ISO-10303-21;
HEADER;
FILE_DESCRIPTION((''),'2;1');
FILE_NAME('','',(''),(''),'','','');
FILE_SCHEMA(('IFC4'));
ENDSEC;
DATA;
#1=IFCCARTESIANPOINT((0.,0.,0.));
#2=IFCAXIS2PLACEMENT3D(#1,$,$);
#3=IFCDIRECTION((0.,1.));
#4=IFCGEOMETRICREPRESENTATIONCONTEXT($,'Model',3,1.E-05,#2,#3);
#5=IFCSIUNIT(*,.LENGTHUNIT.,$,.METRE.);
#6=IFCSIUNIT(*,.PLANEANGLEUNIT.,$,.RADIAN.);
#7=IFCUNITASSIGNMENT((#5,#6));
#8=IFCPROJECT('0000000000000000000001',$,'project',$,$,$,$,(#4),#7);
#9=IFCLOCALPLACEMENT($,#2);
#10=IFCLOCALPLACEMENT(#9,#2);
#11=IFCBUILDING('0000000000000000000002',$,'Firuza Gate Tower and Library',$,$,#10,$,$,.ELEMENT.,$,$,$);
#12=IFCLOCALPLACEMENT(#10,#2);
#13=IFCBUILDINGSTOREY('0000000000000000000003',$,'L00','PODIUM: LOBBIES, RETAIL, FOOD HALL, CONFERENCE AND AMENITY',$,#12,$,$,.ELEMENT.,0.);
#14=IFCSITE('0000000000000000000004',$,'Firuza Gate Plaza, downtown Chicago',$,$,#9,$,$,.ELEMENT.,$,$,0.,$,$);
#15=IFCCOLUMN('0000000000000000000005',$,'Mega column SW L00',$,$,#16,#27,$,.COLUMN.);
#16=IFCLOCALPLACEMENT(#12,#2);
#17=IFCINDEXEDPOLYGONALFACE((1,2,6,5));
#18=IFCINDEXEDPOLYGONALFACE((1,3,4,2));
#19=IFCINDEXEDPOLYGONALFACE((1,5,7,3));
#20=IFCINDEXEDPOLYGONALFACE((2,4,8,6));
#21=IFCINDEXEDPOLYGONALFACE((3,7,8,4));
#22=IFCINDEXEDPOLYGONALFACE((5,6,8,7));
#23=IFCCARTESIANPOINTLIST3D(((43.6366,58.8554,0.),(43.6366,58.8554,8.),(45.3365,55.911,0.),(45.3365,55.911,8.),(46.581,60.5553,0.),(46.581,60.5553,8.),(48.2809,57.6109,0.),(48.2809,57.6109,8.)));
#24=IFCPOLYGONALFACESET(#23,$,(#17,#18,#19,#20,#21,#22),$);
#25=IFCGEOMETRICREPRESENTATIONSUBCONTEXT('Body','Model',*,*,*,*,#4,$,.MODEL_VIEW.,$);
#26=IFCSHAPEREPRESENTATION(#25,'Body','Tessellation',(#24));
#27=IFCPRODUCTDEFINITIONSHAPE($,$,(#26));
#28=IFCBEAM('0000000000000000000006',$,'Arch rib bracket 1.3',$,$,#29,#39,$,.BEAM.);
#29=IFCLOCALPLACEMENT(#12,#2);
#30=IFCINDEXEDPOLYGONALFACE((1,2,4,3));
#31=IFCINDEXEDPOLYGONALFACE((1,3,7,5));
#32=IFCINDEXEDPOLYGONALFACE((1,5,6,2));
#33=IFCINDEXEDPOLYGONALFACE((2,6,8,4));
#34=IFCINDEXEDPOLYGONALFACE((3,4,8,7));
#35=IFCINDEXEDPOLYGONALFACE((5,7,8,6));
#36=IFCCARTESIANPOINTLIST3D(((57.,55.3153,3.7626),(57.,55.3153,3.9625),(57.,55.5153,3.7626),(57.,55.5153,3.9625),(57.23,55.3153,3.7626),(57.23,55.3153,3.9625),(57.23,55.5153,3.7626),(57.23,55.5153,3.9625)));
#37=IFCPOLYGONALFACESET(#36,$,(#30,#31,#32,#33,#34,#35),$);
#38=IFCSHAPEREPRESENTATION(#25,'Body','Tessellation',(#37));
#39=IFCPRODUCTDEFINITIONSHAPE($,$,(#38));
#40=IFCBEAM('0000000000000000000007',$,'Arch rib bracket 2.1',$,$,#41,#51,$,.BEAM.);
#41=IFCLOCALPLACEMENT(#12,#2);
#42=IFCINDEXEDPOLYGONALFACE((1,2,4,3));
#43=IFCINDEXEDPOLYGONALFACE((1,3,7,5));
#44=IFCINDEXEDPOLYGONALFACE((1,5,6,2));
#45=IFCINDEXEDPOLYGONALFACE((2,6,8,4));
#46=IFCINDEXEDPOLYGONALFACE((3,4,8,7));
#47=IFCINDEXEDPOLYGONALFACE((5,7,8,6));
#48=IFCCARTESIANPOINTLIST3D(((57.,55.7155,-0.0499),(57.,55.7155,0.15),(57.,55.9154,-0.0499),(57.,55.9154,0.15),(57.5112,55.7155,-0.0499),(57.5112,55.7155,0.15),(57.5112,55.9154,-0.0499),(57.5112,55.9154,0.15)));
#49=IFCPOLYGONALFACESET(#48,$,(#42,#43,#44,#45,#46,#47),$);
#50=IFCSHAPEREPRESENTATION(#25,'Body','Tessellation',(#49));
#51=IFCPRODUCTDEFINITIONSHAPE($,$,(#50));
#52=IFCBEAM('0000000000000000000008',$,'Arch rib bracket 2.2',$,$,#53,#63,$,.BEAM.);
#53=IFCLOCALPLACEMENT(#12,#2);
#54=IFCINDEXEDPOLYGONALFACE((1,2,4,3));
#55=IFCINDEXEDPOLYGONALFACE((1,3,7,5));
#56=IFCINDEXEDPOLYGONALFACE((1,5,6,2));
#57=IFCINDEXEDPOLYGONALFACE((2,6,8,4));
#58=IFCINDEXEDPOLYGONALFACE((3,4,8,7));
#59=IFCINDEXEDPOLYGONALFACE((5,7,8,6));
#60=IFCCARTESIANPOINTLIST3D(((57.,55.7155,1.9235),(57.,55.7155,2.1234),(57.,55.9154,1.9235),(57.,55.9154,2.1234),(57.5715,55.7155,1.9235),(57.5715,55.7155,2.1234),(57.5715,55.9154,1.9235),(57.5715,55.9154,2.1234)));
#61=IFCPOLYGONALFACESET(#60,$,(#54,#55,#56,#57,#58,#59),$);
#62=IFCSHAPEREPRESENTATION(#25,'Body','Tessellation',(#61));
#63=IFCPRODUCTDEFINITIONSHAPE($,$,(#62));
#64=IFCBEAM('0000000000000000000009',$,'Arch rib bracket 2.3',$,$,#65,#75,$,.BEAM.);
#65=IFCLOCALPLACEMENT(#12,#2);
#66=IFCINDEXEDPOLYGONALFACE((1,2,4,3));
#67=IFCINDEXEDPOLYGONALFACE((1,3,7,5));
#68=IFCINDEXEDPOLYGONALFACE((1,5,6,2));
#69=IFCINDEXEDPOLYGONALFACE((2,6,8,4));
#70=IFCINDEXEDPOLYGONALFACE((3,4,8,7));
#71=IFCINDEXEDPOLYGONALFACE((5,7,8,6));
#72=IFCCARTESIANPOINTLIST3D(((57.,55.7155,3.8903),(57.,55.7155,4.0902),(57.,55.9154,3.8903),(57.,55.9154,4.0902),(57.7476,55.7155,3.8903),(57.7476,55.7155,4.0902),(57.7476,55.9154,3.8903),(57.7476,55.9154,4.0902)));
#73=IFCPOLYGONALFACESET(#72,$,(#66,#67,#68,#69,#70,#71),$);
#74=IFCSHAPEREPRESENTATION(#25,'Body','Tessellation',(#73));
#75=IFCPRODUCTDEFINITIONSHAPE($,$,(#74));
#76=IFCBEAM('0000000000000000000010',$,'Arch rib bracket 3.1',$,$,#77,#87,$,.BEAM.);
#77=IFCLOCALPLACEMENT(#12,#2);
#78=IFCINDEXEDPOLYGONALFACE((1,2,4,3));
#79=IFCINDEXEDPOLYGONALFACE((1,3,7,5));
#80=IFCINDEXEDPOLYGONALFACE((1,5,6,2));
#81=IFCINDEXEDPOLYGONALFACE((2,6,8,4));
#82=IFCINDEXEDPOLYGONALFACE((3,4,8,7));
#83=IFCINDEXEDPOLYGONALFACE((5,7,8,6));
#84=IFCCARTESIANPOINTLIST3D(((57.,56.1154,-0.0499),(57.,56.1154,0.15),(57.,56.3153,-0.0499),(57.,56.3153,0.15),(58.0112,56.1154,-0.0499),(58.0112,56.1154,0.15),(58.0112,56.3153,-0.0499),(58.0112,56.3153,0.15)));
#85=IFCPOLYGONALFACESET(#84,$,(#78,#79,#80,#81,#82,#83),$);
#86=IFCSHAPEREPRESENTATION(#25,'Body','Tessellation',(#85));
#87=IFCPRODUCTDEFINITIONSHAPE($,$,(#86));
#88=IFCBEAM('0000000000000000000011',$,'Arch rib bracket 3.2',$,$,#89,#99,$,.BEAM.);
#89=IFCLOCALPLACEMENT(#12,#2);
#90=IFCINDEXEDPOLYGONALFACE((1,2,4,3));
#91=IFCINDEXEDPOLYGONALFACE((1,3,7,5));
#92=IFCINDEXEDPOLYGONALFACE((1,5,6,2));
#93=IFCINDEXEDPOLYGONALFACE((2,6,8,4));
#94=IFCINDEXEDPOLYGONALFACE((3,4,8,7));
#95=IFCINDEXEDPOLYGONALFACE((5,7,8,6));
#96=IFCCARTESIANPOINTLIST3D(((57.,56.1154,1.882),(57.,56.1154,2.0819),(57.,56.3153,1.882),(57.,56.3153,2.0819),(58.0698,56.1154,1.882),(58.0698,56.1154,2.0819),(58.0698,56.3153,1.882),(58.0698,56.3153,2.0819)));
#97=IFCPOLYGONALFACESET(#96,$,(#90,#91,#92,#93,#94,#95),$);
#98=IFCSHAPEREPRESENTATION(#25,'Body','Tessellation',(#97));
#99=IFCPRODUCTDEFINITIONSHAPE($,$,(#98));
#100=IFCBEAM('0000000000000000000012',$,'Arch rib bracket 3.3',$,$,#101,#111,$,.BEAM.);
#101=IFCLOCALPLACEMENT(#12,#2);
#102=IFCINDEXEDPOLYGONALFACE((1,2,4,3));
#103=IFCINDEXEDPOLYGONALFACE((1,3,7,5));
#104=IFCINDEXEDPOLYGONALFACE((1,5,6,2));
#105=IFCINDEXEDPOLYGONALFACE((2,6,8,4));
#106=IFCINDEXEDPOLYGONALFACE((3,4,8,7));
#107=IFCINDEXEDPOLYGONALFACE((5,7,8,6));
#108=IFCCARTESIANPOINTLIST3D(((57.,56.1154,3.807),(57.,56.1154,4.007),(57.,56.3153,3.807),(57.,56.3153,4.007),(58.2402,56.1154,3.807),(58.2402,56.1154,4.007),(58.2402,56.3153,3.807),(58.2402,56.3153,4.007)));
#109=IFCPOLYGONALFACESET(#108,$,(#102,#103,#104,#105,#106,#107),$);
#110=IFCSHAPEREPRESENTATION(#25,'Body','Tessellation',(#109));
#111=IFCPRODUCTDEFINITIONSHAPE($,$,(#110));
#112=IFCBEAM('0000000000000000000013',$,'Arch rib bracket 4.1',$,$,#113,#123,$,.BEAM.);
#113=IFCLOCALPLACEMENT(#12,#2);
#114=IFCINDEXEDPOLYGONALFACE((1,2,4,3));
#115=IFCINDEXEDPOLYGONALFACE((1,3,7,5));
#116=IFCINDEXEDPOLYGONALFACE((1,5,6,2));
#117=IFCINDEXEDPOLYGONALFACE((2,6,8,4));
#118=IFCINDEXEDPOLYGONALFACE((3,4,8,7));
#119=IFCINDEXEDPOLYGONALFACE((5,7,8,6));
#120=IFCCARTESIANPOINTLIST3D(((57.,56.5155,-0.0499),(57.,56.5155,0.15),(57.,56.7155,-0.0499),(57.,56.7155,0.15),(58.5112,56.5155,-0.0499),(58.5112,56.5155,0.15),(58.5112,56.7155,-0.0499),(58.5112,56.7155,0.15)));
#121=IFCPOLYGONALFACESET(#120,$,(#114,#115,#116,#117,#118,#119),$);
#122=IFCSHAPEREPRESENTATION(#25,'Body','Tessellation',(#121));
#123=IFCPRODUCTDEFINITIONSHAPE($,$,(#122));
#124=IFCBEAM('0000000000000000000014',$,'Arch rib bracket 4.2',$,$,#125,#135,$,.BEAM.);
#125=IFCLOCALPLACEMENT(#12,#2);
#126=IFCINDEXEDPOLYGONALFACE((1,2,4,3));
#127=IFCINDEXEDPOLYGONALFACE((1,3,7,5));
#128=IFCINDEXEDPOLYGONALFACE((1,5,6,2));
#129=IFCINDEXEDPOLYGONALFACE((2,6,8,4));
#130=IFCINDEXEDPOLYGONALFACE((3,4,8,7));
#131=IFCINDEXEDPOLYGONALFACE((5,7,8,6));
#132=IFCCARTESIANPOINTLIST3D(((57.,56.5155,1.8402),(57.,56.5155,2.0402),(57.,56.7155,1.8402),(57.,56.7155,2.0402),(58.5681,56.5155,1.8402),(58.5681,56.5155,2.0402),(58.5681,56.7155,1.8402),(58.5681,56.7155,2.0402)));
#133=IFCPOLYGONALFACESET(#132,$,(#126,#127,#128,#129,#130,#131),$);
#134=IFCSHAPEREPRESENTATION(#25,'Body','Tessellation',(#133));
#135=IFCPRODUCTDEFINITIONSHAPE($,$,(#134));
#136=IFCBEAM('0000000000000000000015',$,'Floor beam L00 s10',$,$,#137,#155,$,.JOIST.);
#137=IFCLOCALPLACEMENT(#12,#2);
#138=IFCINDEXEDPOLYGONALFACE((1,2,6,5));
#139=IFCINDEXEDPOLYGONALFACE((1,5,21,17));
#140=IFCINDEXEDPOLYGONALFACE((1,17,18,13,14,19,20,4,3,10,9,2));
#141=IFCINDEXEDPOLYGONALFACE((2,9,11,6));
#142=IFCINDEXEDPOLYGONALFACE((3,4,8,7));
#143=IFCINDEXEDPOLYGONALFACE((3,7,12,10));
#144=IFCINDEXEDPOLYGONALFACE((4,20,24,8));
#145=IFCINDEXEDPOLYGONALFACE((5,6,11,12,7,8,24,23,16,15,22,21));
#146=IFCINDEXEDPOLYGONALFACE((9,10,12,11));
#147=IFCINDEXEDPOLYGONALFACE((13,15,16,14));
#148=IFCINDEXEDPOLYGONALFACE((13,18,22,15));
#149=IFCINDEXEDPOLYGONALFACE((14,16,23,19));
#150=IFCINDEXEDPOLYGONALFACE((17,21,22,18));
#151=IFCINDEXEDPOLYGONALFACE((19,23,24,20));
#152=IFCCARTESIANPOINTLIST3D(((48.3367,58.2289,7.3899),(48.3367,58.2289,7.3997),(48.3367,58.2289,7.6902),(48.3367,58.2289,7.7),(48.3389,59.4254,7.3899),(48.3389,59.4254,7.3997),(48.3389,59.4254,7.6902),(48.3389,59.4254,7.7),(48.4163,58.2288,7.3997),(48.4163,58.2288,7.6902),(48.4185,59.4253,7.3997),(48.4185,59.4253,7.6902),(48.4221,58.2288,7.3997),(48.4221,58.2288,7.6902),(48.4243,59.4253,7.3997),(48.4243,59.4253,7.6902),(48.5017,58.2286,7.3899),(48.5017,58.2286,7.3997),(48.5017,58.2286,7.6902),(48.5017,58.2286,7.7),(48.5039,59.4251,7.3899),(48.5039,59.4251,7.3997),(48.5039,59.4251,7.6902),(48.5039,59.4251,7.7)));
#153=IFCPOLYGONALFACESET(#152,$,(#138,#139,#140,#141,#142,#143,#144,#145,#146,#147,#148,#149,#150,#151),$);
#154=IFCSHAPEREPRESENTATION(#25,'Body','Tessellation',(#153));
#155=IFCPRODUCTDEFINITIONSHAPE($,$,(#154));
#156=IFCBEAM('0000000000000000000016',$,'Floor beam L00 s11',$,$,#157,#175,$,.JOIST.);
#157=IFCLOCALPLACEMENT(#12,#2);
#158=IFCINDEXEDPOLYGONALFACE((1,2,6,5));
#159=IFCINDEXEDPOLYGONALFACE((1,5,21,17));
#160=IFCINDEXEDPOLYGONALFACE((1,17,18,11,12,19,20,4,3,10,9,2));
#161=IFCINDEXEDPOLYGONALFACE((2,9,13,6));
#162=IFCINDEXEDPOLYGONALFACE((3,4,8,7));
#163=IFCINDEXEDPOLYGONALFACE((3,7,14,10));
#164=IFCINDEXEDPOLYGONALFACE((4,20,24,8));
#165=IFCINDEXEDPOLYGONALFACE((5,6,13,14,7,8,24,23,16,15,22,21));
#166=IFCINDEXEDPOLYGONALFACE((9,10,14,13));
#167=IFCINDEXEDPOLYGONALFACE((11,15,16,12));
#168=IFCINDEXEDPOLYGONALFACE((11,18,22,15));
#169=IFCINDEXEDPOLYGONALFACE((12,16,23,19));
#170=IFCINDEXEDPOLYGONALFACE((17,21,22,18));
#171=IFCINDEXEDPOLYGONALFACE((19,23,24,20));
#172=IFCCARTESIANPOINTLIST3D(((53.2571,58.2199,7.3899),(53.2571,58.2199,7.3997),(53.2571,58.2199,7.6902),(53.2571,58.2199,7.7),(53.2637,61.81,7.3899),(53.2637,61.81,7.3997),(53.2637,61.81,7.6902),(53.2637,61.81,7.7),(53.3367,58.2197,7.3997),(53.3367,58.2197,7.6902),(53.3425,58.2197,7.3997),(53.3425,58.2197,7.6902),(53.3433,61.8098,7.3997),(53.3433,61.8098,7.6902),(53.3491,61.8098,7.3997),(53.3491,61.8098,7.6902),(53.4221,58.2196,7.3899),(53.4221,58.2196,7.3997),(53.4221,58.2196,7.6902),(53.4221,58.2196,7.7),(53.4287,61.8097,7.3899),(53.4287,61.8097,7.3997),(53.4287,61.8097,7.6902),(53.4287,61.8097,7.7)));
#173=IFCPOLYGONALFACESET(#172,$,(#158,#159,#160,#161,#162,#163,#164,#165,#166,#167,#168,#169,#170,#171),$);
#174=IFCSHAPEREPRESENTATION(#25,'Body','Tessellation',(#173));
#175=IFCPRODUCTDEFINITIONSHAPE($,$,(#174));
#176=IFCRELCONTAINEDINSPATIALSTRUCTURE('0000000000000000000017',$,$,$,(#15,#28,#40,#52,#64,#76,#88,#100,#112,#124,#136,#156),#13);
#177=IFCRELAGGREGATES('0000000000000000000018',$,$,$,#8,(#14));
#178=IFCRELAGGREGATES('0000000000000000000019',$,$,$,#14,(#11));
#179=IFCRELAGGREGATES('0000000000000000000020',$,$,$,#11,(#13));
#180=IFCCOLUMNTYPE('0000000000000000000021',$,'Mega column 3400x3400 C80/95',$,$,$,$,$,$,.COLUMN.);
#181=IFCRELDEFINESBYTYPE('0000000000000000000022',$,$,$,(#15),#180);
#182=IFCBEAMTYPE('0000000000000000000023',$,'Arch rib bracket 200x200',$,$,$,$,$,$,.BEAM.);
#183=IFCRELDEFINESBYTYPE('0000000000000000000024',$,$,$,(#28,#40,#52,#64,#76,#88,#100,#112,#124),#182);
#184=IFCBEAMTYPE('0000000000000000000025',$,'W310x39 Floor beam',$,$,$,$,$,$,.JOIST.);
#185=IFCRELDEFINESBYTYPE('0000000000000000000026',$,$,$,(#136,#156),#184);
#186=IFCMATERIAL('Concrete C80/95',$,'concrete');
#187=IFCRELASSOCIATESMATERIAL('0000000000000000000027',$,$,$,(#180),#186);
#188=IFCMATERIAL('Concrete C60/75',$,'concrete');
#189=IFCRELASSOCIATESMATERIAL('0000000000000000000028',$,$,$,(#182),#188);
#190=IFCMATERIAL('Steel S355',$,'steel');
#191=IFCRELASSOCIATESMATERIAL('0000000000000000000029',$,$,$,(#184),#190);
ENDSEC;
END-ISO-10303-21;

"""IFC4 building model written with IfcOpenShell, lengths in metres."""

from ifc_helpers import new_model, si_unit, direction, frame, origin, origin_2d, place, context, subcontext, project, spatial, rectangle, i_section, extrude, material, material_profile, profile_set, type_object, element, save


model = new_model("IFC4")

# Units and contexts
model_context = context("Model", 3, precision=1e-05, world=origin(), true_north=direction((0.0, 1.0)))
body_context = subcontext(model_context, "Body", "Model", "MODEL_VIEW")
ifc_project = project(units=[si_unit("LENGTHUNIT", "METRE"), si_unit("PLANEANGLEUNIT", "RADIAN")], contexts=[model_context])

# Site, building, storey
site_placement = place(None, origin())
site = spatial("IfcSite", under=ifc_project, at=site_placement, Name="Firuza Gate Plaza, downtown Chicago", CompositionType="ELEMENT", RefElevation=0.0)
building_placement = place(site_placement, origin())
building = spatial("IfcBuilding", under=site, at=building_placement, Name="Firuza Gate Tower and Library", CompositionType="ELEMENT")
storey_placement = place(building_placement, origin())
storey = spatial("IfcBuildingStorey", under=building, at=storey_placement, Name="L00", Description="PODIUM: LOBBIES, RETAIL, FOOD HALL, CONFERENCE AND AMENITY", CompositionType="ELEMENT", Elevation=0.0)

# Column
ifc_material_1 = material(Name="Concrete C80/95", Category="concrete")
ifc_material_profile_1 = material_profile(ifc_material_1, rectangle(XDim=3.3999, YDim=3.3999, at=origin_2d()))
ifc_profile_set_1 = profile_set([ifc_material_profile_1], Name="Concrete C80/95")
column_type = type_object("IfcColumnType", Name="Mega column 3400x3400 C80/95", PredefinedType="COLUMN", material=ifc_profile_set_1)
column_placement = place(storey_placement, frame((45.9587, 58.2332, 0.0), z_axis=(0.0, 0.0, 1.0), x_axis=(0.5, -0.866025, 0.0)))
element("IfcColumn", 1, at=column_placement, inside=storey, type_object=column_type, Name="Mega column SW L00", PredefinedType="COLUMN", context=body_context, shape_type="SweptSolid", body=[
    extrude(rectangle(XDim=3.3999, YDim=3.3999, at=origin_2d()), origin(), (0.0, 0.0, 1.0), 8.0),
])

# Beams
ifc_material_2 = material(Name="Concrete C60/75", Category="concrete")
ifc_material_profile_2 = material_profile(ifc_material_2, rectangle(XDim=0.2, YDim=0.2, at=origin_2d()))
ifc_profile_set_2 = profile_set([ifc_material_profile_2], Name="Concrete C60/75")
beam_type_1 = type_object("IfcBeamType", Name="Arch rib bracket 200x200", PredefinedType="BEAM", material=ifc_profile_set_2)
beam_1_placement = place(storey_placement, frame((57.0, 55.4153, 3.8625), z_axis=(1.0, 0.0, 0.0), x_axis=(0.0, 1.0, 0.0)))
element("IfcBeam", 2, at=beam_1_placement, inside=storey, type_object=beam_type_1, Name="Arch rib bracket 1.3", PredefinedType="BEAM", context=body_context, shape_type="SweptSolid", body=[
    extrude(rectangle(XDim=0.2, YDim=0.2, at=origin_2d()), origin(), (0.0, 0.0, 1.0), 0.23),
])
beam_2_placement = place(storey_placement, frame((57.0, 55.8154, 0.05), z_axis=(1.0, 0.0, 0.0), x_axis=(0.0, 1.0, 0.0)))
element("IfcBeam", 3, at=beam_2_placement, inside=storey, type_object=beam_type_1, Name="Arch rib bracket 2.1", PredefinedType="BEAM", context=body_context, shape_type="SweptSolid", body=[
    extrude(rectangle(XDim=0.2, YDim=0.2, at=origin_2d()), origin(), (0.0, 0.0, 1.0), 0.5112),
])
beam_3_placement = place(storey_placement, frame((57.0, 55.8154, 2.0234), z_axis=(1.0, 0.0, 0.0), x_axis=(0.0, 1.0, 0.0)))
element("IfcBeam", 4, at=beam_3_placement, inside=storey, type_object=beam_type_1, Name="Arch rib bracket 2.2", PredefinedType="BEAM", context=body_context, shape_type="SweptSolid", body=[
    extrude(rectangle(XDim=0.2, YDim=0.2, at=origin_2d()), origin(), (0.0, 0.0, 1.0), 0.5715),
])
beam_4_placement = place(storey_placement, frame((57.0, 55.8154, 3.9902), z_axis=(1.0, 0.0, 0.0), x_axis=(0.0, 1.0, 0.0)))
element("IfcBeam", 5, at=beam_4_placement, inside=storey, type_object=beam_type_1, Name="Arch rib bracket 2.3", PredefinedType="BEAM", context=body_context, shape_type="SweptSolid", body=[
    extrude(rectangle(XDim=0.2, YDim=0.2, at=origin_2d()), origin(), (0.0, 0.0, 1.0), 0.7476),
])
beam_5_placement = place(storey_placement, frame((57.0, 56.2153, 0.05), z_axis=(1.0, 0.0, 0.0), x_axis=(0.0, 1.0, 0.0)))
element("IfcBeam", 6, at=beam_5_placement, inside=storey, type_object=beam_type_1, Name="Arch rib bracket 3.1", PredefinedType="BEAM", context=body_context, shape_type="SweptSolid", body=[
    extrude(rectangle(XDim=0.2, YDim=0.2, at=origin_2d()), origin(), (0.0, 0.0, 1.0), 1.0112),
])
beam_6_placement = place(storey_placement, frame((57.0, 56.2153, 1.9819), z_axis=(1.0, 0.0, 0.0), x_axis=(0.0, 1.0, 0.0)))
element("IfcBeam", 7, at=beam_6_placement, inside=storey, type_object=beam_type_1, Name="Arch rib bracket 3.2", PredefinedType="BEAM", context=body_context, shape_type="SweptSolid", body=[
    extrude(rectangle(XDim=0.2, YDim=0.2, at=origin_2d()), origin(), (0.0, 0.0, 1.0), 1.0698),
])
beam_7_placement = place(storey_placement, frame((57.0, 56.2153, 3.907), z_axis=(1.0, 0.0, 0.0), x_axis=(0.0, 1.0, 0.0)))
element("IfcBeam", 8, at=beam_7_placement, inside=storey, type_object=beam_type_1, Name="Arch rib bracket 3.3", PredefinedType="BEAM", context=body_context, shape_type="SweptSolid", body=[
    extrude(rectangle(XDim=0.2, YDim=0.2, at=origin_2d()), origin(), (0.0, 0.0, 1.0), 1.2402),
])
beam_8_placement = place(storey_placement, frame((57.0, 56.6155, 0.05), z_axis=(1.0, 0.0, 0.0), x_axis=(0.0, 1.0, 0.0)))
element("IfcBeam", 9, at=beam_8_placement, inside=storey, type_object=beam_type_1, Name="Arch rib bracket 4.1", PredefinedType="BEAM", context=body_context, shape_type="SweptSolid", body=[
    extrude(rectangle(XDim=0.2, YDim=0.2, at=origin_2d()), origin(), (0.0, 0.0, 1.0), 1.5112),
])
beam_9_placement = place(storey_placement, frame((57.0, 56.6155, 1.9402), z_axis=(1.0, 0.0, 0.0), x_axis=(0.0, 1.0, 0.0)))
element("IfcBeam", 10, at=beam_9_placement, inside=storey, type_object=beam_type_1, Name="Arch rib bracket 4.2", PredefinedType="BEAM", context=body_context, shape_type="SweptSolid", body=[
    extrude(rectangle(XDim=0.2, YDim=0.2, at=origin_2d()), origin(), (0.0, 0.0, 1.0), 1.5681),
])
ifc_material_3 = material(Name="Steel S355", Category="steel")
ifc_material_profile_3 = material_profile(ifc_material_3, i_section(OverallWidth=0.165, OverallDepth=0.3101, WebThickness=0.0059, FlangeThickness=0.0098, at=origin_2d()))
ifc_profile_set_3 = profile_set([ifc_material_profile_3], Name="Steel S355")
beam_type_2 = type_object("IfcBeamType", Name="W310x39 Floor beam", PredefinedType="JOIST", material=ifc_profile_set_3)
beam_10_placement = place(storey_placement, frame((48.4192, 58.2288, 7.5449), z_axis=(0.001836, 0.999998, 0.0), x_axis=(-0.999998, 0.001836, 0.0)))
element("IfcBeam", 11, at=beam_10_placement, inside=storey, type_object=beam_type_2, Name="Floor beam L00 s10", PredefinedType="JOIST", context=body_context, shape_type="SweptSolid", body=[
    extrude(i_section(OverallWidth=0.165, OverallDepth=0.3101, WebThickness=0.0059, FlangeThickness=0.0098, at=origin_2d()), origin(), (0.0, 0.0, 1.0), 1.1965),
])
beam_11_placement = place(storey_placement, frame((53.3396, 58.2197, 7.5449), z_axis=(0.001836, 0.999998, 0.0), x_axis=(-0.999998, 0.001836, 0.0)))
element("IfcBeam", 12, at=beam_11_placement, inside=storey, type_object=beam_type_2, Name="Floor beam L00 s11", PredefinedType="JOIST", context=body_context, shape_type="SweptSolid", body=[
    extrude(i_section(OverallWidth=0.165, OverallDepth=0.3101, WebThickness=0.0059, FlangeThickness=0.0098, at=origin_2d()), origin(), (0.0, 0.0, 1.0), 3.5901),
])

save(model, "model.ifc")
